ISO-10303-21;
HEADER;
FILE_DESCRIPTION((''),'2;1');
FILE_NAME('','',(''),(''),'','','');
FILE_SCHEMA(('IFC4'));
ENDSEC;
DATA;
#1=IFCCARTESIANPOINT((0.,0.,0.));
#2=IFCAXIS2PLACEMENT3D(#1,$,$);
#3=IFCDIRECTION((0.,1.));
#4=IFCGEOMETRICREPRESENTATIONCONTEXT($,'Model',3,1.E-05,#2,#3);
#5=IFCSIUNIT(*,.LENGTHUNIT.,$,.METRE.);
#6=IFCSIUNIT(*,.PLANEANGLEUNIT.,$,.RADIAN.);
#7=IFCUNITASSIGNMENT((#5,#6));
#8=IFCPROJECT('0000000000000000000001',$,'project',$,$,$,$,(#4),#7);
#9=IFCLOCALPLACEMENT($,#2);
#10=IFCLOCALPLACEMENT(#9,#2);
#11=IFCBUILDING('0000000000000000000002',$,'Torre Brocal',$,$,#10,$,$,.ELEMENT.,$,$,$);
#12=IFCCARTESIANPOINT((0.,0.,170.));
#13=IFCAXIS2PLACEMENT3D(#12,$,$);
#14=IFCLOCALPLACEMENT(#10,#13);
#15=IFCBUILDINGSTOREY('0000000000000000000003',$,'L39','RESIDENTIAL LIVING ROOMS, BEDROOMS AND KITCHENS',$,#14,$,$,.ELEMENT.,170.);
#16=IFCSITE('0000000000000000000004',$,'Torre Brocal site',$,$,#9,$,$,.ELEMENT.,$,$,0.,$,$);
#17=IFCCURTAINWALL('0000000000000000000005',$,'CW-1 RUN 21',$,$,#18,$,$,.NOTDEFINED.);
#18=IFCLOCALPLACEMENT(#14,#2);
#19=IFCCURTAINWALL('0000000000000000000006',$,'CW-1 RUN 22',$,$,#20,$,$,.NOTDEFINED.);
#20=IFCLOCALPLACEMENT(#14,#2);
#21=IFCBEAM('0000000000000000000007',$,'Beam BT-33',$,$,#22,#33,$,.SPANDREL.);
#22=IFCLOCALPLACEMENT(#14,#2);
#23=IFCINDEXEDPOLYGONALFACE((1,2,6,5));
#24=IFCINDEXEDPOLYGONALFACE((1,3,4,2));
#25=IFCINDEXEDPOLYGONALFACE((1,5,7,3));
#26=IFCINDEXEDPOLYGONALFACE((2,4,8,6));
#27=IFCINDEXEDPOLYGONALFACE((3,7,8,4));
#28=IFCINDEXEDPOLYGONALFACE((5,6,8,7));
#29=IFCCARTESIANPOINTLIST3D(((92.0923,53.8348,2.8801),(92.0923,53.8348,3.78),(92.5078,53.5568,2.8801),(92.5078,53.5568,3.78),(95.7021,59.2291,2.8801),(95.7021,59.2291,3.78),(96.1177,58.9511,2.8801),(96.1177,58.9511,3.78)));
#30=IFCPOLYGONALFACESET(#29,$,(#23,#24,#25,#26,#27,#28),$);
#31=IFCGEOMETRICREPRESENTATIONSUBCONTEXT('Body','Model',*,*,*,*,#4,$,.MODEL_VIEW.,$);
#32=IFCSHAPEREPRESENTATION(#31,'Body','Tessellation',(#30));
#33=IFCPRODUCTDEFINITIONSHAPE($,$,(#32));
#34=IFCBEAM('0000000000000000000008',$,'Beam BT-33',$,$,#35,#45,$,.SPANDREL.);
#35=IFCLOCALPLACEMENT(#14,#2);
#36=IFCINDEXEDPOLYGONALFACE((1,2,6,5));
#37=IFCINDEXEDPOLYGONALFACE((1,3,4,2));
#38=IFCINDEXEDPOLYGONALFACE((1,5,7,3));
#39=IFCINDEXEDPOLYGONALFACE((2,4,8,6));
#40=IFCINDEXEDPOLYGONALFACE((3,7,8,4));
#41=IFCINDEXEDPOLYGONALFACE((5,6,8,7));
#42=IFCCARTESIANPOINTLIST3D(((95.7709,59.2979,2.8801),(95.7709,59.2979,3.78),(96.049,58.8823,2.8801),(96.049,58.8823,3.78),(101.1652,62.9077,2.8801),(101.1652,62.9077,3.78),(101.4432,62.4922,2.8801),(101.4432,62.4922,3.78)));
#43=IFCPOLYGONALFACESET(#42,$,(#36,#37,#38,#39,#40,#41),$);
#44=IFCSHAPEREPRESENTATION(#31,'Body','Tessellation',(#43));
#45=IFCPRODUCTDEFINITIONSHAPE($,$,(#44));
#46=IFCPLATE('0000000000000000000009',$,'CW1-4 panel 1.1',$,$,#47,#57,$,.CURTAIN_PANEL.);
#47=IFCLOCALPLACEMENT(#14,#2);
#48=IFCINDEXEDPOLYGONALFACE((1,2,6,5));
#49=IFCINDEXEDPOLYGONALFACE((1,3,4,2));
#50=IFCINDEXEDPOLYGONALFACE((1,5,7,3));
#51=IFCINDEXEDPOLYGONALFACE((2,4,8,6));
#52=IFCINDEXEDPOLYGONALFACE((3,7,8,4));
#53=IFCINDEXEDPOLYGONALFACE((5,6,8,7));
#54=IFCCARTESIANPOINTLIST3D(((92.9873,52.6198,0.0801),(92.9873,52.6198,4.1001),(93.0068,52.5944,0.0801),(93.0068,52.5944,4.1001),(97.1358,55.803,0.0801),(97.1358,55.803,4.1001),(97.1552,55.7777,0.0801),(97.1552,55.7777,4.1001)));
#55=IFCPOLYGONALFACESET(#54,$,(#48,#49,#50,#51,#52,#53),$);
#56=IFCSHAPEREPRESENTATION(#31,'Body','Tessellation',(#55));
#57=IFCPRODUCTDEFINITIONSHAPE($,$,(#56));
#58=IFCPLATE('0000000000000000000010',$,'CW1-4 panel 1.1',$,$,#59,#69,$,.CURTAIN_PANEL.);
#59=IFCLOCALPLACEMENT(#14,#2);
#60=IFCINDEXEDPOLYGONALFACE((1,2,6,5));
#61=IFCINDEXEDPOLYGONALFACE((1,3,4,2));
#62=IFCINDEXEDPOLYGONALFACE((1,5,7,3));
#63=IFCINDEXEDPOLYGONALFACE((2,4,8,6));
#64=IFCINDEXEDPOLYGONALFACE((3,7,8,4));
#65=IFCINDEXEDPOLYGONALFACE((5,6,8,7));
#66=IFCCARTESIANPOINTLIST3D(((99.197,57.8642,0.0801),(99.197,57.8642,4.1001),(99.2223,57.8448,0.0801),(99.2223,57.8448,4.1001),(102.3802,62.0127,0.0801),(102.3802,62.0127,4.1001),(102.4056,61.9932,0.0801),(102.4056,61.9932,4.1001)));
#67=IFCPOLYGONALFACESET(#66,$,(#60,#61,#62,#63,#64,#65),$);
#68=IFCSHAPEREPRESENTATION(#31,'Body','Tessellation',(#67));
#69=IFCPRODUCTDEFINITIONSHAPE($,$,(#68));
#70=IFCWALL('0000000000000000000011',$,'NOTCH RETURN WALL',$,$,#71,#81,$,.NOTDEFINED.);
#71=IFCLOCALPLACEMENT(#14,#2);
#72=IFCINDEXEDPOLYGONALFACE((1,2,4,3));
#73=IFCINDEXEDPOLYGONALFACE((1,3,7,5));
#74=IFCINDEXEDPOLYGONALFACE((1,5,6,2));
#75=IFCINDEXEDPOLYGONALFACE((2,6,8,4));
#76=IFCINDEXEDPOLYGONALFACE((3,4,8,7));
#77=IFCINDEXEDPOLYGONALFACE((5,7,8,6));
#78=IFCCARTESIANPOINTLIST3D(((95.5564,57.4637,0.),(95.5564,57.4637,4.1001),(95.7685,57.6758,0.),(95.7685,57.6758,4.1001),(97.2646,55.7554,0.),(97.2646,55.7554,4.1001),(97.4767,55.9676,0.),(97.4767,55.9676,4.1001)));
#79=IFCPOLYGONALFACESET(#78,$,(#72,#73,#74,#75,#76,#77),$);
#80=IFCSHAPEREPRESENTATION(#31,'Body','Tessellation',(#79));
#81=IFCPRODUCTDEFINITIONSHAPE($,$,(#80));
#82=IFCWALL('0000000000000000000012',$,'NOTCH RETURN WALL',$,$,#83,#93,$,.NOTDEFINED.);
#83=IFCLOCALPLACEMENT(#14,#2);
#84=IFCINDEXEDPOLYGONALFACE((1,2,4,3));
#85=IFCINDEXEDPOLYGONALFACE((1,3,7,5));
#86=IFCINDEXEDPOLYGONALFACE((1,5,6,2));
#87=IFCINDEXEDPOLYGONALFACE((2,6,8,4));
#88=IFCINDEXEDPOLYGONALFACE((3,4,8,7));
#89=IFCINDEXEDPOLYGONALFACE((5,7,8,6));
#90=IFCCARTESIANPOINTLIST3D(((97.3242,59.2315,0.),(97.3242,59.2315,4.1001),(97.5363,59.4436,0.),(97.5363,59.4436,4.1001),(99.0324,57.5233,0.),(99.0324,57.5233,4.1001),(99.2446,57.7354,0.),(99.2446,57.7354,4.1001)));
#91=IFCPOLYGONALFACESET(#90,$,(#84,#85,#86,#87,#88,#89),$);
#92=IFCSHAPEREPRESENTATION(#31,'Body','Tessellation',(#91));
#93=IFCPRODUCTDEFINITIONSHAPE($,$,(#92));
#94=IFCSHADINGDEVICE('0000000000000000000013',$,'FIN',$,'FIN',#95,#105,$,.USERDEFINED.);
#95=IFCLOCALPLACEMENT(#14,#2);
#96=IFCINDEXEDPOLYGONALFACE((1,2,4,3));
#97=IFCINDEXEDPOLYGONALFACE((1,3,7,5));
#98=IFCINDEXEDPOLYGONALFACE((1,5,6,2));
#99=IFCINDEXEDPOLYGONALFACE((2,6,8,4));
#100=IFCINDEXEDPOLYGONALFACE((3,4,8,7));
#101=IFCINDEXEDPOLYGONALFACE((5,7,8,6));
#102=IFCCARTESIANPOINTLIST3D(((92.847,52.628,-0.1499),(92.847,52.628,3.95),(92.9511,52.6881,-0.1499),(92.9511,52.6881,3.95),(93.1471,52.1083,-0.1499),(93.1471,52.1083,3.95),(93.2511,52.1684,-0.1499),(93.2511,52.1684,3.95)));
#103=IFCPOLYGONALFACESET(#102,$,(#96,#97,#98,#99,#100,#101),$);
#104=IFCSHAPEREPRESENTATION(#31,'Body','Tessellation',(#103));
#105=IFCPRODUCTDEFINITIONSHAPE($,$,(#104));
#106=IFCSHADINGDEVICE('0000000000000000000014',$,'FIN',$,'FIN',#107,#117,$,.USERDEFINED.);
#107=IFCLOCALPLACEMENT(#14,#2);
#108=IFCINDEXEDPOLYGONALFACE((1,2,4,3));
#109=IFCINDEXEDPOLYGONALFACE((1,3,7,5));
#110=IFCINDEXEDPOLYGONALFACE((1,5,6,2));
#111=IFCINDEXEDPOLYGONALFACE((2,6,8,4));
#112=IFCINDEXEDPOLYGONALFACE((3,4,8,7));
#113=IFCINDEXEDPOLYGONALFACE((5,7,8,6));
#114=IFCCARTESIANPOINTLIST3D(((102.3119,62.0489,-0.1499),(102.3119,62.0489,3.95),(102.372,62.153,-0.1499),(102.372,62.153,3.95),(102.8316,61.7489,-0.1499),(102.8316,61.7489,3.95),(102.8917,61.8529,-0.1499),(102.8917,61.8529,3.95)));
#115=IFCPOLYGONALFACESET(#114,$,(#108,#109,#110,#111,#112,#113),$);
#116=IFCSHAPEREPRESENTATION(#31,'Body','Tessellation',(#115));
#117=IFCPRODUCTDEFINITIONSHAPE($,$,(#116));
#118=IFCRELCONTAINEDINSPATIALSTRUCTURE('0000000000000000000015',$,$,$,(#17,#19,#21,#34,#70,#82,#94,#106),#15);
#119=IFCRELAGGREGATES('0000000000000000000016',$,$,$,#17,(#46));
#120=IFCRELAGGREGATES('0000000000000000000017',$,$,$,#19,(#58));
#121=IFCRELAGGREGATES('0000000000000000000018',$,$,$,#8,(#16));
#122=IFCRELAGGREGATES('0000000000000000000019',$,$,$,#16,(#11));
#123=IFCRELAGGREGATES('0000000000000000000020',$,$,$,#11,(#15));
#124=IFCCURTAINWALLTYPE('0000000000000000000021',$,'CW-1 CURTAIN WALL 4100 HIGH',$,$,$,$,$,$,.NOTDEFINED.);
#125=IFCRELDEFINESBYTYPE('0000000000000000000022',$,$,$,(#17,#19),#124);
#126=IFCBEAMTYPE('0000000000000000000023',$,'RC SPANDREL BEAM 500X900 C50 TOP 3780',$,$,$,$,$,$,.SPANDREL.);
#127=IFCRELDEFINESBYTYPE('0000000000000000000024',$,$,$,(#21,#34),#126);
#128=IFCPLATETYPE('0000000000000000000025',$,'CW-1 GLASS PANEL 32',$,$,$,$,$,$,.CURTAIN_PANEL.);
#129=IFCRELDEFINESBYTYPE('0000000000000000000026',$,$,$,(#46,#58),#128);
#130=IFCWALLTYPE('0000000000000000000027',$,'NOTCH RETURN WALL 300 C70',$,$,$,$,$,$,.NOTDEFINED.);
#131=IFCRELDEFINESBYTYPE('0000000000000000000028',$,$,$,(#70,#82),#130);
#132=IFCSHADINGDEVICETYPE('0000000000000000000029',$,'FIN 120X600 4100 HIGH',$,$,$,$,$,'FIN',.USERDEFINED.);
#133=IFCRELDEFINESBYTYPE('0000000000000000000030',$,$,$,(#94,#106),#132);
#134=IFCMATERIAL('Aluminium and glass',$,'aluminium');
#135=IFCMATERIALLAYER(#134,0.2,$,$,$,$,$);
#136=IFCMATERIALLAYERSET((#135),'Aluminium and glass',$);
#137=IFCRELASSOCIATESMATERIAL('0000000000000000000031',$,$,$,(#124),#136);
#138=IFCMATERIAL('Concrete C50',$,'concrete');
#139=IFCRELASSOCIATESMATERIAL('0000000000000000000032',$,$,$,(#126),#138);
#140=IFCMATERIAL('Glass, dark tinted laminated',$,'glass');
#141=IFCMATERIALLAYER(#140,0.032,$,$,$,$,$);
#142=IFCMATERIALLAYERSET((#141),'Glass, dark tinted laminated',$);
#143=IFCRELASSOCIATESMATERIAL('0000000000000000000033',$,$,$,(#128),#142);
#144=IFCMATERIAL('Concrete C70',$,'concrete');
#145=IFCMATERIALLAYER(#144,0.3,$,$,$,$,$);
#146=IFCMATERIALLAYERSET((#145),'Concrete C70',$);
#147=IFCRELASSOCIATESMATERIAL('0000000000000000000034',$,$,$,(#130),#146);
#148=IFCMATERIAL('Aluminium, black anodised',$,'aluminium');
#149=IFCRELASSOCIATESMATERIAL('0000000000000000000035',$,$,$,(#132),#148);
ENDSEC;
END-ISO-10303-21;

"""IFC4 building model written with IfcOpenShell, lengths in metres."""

from ifc_helpers import new_model, si_unit, direction, frame, frame_2d, origin, origin_2d, place, context, subcontext, project, spatial, rectangle, extrude, material, layer, layer_set, material_profile, profile_set, type_object, element, aggregate, save


model = new_model("IFC4")

# Units and contexts
model_context = context("Model", 3, precision=1e-05, world=origin(), true_north=direction((0.0, 1.0)))
body_context = subcontext(model_context, "Body", "Model", "MODEL_VIEW")
ifc_project = project(units=[si_unit("LENGTHUNIT", "METRE"), si_unit("PLANEANGLEUNIT", "RADIAN")], contexts=[model_context])

# Site, building, storey
site_placement = place(None, origin())
site = spatial("IfcSite", under=ifc_project, at=site_placement, Name="Torre Brocal site", CompositionType="ELEMENT", RefElevation=0.0)
building_placement = place(site_placement, origin())
building = spatial("IfcBuilding", under=site, at=building_placement, Name="Torre Brocal", CompositionType="ELEMENT")
storey_placement = place(building_placement, frame((0.0, 0.0, 170.0)))
storey = spatial("IfcBuildingStorey", under=building, at=storey_placement, Name="L39", Description="RESIDENTIAL LIVING ROOMS, BEDROOMS AND KITCHENS", CompositionType="ELEMENT", Elevation=170.0)

# Shared definitions
ifc_material_1 = material(Name="Aluminium and glass", Category="aluminium")
ifc_layer_1 = layer(ifc_material_1, 0.2)
ifc_layer_set_1 = layer_set([ifc_layer_1], Name="Aluminium and glass")
curtain_wall_type = type_object("IfcCurtainWallType", Name="CW-1 CURTAIN WALL 4100 HIGH", PredefinedType="NOTDEFINED", material=ifc_layer_set_1)

# Curtain walls
curtain_wall_1_placement = place(storey_placement, origin())
curtain_wall_1 = element("IfcCurtainWall", 1, at=curtain_wall_1_placement, inside=storey, type_object=curtain_wall_type, Name="CW-1 RUN 21", PredefinedType="NOTDEFINED")
curtain_wall_2_placement = place(storey_placement, origin())
curtain_wall_2 = element("IfcCurtainWall", 2, at=curtain_wall_2_placement, inside=storey, type_object=curtain_wall_type, Name="CW-1 RUN 22", PredefinedType="NOTDEFINED")

# Beams
ifc_material_2 = material(Name="Concrete C50", Category="concrete")
ifc_material_profile_1 = material_profile(ifc_material_2, rectangle(XDim=0.5, YDim=0.8999, at=origin_2d()), Name="RC 500X900")
ifc_profile_set_1 = profile_set([ifc_material_profile_1], Name="Concrete C50")
beam_type_1 = type_object("IfcBeamType", Name="RC SPANDREL BEAM 500X900 C50 TOP 3780", PredefinedType="SPANDREL", material=ifc_profile_set_1)
for number, where, z_axis, x_axis, name in (
    (3, (92.3, 53.6958, 3.3301), (0.556158, 0.831077, 0.0), (-0.831077, 0.556158, 0.0), "Beam BT-33"),
    (4, (95.9099, 59.0901, 3.3301), (0.831077, 0.556158, 0.0), (-0.556158, 0.831077, 0.0), "Beam BT-33"),
):
    element("IfcBeam", number, at=place(storey_placement, frame(where, z_axis=z_axis, x_axis=x_axis)), inside=storey, type_object=beam_type_1, Name=name, PredefinedType="SPANDREL", context=body_context, shape_type="SweptSolid", body=[
        extrude(rectangle(XDim=0.5, YDim=0.8999, at=origin_2d()), origin(), (0.0, 0.0, 1.0), 6.4907),
    ])

# Plates
ifc_material_3 = material(Name="Glass, dark tinted laminated", Category="glass")
ifc_layer_2 = layer(ifc_material_3, 0.032)
ifc_layer_set_2 = layer_set([ifc_layer_2], Name="Glass, dark tinted laminated")
plate_type = type_object("IfcPlateType", Name="CW-1 GLASS PANEL 32", PredefinedType="CURTAIN_PANEL", material=ifc_layer_set_2)
plate_1_placement = place(storey_placement, frame((95.0713, 54.1987, 0.0801), z_axis=(0.0, 0.0, 1.0), x_axis=(0.793353, 0.608761, 0.0)))
plate_1 = element("IfcPlate", 5, at=plate_1_placement, type_object=plate_type, Name="CW1-4 panel 1.1", PredefinedType="CURTAIN_PANEL", context=body_context, shape_type="SweptSolid", body=[
    extrude(rectangle(XDim=5.229, YDim=0.032, at=origin_2d()), origin(), (0.0, 0.0, 1.0), 4.02),
])
aggregate(curtain_wall_1, [plate_1])
plate_2_placement = place(storey_placement, frame((100.8013, 59.9287, 0.0801), z_axis=(0.0, 0.0, 1.0), x_axis=(0.608761, 0.793353, 0.0)))
plate_2 = element("IfcPlate", 6, at=plate_2_placement, type_object=plate_type, Name="CW1-4 panel 1.1", PredefinedType="CURTAIN_PANEL", context=body_context, shape_type="SweptSolid", body=[
    extrude(rectangle(XDim=5.229, YDim=0.032, at=origin_2d()), origin(), (0.0, 0.0, 1.0), 4.02),
])
aggregate(curtain_wall_2, [plate_2])

# Walls
ifc_material_4 = material(Name="Concrete C70", Category="concrete")
ifc_layer_3 = layer(ifc_material_4, 0.3)
ifc_layer_set_3 = layer_set([ifc_layer_3], Name="Concrete C70")
wall_type = type_object("IfcWallType", Name="NOTCH RETURN WALL 300 C70", PredefinedType="NOTDEFINED", material=ifc_layer_set_3)
for number, where, z_axis, x_axis, name in (
    (7, (95.6624, 57.5698, 0.0), (0.0, 0.0, 1.0), (0.707107, -0.707107, 0.0), "NOTCH RETURN WALL"),
    (8, (97.4302, 59.3376, 0.0), (0.0, 0.0, 1.0), (0.707107, -0.707107, 0.0), "NOTCH RETURN WALL"),
):
    element("IfcWall", number, at=place(storey_placement, frame(where, z_axis=z_axis, x_axis=x_axis)), inside=storey, type_object=wall_type, Name=name, PredefinedType="NOTDEFINED", context=body_context, shape_type="SweptSolid", body=[
        extrude(rectangle(XDim=2.4158, YDim=0.3, at=frame_2d((1.208, 0.0))), origin(), (0.0, 0.0, 1.0), 4.1001),
    ])

# Shading devices
ifc_material_5 = material(Name="Aluminium, black anodised", Category="aluminium")
ifc_material_profile_2 = material_profile(ifc_material_5, rectangle(XDim=0.1201, YDim=0.6001, at=origin_2d()), Name="FIN 120X600 4100 HIGH")
ifc_profile_set_2 = profile_set([ifc_material_profile_2], Name="Aluminium, black anodised")
shading_device_type = type_object("IfcShadingDeviceType", Name="FIN 120X600 4100 HIGH", ElementType="FIN", PredefinedType="USERDEFINED", material=ifc_profile_set_2)
for number, where, z_axis, x_axis, name in (
    (9, (93.0491, 52.3982, -0.1499), (0.0, 0.0, 1.0), (0.866025, 0.5, 0.0), "FIN"),
    (10, (102.6018, 61.9509, -0.1499), (0.0, 0.0, 1.0), (0.5, 0.866025, 0.0), "FIN"),
):
    element("IfcShadingDevice", number, at=place(storey_placement, frame(where, z_axis=z_axis, x_axis=x_axis)), inside=storey, type_object=shading_device_type, Name=name, ObjectType="FIN", PredefinedType="USERDEFINED", context=body_context, shape_type="SweptSolid", body=[
        extrude(rectangle(XDim=0.1201, YDim=0.6001, at=origin_2d()), origin(), (0.0, 0.0, 1.0), 4.0999),
    ])

save(model, "model.ifc")
